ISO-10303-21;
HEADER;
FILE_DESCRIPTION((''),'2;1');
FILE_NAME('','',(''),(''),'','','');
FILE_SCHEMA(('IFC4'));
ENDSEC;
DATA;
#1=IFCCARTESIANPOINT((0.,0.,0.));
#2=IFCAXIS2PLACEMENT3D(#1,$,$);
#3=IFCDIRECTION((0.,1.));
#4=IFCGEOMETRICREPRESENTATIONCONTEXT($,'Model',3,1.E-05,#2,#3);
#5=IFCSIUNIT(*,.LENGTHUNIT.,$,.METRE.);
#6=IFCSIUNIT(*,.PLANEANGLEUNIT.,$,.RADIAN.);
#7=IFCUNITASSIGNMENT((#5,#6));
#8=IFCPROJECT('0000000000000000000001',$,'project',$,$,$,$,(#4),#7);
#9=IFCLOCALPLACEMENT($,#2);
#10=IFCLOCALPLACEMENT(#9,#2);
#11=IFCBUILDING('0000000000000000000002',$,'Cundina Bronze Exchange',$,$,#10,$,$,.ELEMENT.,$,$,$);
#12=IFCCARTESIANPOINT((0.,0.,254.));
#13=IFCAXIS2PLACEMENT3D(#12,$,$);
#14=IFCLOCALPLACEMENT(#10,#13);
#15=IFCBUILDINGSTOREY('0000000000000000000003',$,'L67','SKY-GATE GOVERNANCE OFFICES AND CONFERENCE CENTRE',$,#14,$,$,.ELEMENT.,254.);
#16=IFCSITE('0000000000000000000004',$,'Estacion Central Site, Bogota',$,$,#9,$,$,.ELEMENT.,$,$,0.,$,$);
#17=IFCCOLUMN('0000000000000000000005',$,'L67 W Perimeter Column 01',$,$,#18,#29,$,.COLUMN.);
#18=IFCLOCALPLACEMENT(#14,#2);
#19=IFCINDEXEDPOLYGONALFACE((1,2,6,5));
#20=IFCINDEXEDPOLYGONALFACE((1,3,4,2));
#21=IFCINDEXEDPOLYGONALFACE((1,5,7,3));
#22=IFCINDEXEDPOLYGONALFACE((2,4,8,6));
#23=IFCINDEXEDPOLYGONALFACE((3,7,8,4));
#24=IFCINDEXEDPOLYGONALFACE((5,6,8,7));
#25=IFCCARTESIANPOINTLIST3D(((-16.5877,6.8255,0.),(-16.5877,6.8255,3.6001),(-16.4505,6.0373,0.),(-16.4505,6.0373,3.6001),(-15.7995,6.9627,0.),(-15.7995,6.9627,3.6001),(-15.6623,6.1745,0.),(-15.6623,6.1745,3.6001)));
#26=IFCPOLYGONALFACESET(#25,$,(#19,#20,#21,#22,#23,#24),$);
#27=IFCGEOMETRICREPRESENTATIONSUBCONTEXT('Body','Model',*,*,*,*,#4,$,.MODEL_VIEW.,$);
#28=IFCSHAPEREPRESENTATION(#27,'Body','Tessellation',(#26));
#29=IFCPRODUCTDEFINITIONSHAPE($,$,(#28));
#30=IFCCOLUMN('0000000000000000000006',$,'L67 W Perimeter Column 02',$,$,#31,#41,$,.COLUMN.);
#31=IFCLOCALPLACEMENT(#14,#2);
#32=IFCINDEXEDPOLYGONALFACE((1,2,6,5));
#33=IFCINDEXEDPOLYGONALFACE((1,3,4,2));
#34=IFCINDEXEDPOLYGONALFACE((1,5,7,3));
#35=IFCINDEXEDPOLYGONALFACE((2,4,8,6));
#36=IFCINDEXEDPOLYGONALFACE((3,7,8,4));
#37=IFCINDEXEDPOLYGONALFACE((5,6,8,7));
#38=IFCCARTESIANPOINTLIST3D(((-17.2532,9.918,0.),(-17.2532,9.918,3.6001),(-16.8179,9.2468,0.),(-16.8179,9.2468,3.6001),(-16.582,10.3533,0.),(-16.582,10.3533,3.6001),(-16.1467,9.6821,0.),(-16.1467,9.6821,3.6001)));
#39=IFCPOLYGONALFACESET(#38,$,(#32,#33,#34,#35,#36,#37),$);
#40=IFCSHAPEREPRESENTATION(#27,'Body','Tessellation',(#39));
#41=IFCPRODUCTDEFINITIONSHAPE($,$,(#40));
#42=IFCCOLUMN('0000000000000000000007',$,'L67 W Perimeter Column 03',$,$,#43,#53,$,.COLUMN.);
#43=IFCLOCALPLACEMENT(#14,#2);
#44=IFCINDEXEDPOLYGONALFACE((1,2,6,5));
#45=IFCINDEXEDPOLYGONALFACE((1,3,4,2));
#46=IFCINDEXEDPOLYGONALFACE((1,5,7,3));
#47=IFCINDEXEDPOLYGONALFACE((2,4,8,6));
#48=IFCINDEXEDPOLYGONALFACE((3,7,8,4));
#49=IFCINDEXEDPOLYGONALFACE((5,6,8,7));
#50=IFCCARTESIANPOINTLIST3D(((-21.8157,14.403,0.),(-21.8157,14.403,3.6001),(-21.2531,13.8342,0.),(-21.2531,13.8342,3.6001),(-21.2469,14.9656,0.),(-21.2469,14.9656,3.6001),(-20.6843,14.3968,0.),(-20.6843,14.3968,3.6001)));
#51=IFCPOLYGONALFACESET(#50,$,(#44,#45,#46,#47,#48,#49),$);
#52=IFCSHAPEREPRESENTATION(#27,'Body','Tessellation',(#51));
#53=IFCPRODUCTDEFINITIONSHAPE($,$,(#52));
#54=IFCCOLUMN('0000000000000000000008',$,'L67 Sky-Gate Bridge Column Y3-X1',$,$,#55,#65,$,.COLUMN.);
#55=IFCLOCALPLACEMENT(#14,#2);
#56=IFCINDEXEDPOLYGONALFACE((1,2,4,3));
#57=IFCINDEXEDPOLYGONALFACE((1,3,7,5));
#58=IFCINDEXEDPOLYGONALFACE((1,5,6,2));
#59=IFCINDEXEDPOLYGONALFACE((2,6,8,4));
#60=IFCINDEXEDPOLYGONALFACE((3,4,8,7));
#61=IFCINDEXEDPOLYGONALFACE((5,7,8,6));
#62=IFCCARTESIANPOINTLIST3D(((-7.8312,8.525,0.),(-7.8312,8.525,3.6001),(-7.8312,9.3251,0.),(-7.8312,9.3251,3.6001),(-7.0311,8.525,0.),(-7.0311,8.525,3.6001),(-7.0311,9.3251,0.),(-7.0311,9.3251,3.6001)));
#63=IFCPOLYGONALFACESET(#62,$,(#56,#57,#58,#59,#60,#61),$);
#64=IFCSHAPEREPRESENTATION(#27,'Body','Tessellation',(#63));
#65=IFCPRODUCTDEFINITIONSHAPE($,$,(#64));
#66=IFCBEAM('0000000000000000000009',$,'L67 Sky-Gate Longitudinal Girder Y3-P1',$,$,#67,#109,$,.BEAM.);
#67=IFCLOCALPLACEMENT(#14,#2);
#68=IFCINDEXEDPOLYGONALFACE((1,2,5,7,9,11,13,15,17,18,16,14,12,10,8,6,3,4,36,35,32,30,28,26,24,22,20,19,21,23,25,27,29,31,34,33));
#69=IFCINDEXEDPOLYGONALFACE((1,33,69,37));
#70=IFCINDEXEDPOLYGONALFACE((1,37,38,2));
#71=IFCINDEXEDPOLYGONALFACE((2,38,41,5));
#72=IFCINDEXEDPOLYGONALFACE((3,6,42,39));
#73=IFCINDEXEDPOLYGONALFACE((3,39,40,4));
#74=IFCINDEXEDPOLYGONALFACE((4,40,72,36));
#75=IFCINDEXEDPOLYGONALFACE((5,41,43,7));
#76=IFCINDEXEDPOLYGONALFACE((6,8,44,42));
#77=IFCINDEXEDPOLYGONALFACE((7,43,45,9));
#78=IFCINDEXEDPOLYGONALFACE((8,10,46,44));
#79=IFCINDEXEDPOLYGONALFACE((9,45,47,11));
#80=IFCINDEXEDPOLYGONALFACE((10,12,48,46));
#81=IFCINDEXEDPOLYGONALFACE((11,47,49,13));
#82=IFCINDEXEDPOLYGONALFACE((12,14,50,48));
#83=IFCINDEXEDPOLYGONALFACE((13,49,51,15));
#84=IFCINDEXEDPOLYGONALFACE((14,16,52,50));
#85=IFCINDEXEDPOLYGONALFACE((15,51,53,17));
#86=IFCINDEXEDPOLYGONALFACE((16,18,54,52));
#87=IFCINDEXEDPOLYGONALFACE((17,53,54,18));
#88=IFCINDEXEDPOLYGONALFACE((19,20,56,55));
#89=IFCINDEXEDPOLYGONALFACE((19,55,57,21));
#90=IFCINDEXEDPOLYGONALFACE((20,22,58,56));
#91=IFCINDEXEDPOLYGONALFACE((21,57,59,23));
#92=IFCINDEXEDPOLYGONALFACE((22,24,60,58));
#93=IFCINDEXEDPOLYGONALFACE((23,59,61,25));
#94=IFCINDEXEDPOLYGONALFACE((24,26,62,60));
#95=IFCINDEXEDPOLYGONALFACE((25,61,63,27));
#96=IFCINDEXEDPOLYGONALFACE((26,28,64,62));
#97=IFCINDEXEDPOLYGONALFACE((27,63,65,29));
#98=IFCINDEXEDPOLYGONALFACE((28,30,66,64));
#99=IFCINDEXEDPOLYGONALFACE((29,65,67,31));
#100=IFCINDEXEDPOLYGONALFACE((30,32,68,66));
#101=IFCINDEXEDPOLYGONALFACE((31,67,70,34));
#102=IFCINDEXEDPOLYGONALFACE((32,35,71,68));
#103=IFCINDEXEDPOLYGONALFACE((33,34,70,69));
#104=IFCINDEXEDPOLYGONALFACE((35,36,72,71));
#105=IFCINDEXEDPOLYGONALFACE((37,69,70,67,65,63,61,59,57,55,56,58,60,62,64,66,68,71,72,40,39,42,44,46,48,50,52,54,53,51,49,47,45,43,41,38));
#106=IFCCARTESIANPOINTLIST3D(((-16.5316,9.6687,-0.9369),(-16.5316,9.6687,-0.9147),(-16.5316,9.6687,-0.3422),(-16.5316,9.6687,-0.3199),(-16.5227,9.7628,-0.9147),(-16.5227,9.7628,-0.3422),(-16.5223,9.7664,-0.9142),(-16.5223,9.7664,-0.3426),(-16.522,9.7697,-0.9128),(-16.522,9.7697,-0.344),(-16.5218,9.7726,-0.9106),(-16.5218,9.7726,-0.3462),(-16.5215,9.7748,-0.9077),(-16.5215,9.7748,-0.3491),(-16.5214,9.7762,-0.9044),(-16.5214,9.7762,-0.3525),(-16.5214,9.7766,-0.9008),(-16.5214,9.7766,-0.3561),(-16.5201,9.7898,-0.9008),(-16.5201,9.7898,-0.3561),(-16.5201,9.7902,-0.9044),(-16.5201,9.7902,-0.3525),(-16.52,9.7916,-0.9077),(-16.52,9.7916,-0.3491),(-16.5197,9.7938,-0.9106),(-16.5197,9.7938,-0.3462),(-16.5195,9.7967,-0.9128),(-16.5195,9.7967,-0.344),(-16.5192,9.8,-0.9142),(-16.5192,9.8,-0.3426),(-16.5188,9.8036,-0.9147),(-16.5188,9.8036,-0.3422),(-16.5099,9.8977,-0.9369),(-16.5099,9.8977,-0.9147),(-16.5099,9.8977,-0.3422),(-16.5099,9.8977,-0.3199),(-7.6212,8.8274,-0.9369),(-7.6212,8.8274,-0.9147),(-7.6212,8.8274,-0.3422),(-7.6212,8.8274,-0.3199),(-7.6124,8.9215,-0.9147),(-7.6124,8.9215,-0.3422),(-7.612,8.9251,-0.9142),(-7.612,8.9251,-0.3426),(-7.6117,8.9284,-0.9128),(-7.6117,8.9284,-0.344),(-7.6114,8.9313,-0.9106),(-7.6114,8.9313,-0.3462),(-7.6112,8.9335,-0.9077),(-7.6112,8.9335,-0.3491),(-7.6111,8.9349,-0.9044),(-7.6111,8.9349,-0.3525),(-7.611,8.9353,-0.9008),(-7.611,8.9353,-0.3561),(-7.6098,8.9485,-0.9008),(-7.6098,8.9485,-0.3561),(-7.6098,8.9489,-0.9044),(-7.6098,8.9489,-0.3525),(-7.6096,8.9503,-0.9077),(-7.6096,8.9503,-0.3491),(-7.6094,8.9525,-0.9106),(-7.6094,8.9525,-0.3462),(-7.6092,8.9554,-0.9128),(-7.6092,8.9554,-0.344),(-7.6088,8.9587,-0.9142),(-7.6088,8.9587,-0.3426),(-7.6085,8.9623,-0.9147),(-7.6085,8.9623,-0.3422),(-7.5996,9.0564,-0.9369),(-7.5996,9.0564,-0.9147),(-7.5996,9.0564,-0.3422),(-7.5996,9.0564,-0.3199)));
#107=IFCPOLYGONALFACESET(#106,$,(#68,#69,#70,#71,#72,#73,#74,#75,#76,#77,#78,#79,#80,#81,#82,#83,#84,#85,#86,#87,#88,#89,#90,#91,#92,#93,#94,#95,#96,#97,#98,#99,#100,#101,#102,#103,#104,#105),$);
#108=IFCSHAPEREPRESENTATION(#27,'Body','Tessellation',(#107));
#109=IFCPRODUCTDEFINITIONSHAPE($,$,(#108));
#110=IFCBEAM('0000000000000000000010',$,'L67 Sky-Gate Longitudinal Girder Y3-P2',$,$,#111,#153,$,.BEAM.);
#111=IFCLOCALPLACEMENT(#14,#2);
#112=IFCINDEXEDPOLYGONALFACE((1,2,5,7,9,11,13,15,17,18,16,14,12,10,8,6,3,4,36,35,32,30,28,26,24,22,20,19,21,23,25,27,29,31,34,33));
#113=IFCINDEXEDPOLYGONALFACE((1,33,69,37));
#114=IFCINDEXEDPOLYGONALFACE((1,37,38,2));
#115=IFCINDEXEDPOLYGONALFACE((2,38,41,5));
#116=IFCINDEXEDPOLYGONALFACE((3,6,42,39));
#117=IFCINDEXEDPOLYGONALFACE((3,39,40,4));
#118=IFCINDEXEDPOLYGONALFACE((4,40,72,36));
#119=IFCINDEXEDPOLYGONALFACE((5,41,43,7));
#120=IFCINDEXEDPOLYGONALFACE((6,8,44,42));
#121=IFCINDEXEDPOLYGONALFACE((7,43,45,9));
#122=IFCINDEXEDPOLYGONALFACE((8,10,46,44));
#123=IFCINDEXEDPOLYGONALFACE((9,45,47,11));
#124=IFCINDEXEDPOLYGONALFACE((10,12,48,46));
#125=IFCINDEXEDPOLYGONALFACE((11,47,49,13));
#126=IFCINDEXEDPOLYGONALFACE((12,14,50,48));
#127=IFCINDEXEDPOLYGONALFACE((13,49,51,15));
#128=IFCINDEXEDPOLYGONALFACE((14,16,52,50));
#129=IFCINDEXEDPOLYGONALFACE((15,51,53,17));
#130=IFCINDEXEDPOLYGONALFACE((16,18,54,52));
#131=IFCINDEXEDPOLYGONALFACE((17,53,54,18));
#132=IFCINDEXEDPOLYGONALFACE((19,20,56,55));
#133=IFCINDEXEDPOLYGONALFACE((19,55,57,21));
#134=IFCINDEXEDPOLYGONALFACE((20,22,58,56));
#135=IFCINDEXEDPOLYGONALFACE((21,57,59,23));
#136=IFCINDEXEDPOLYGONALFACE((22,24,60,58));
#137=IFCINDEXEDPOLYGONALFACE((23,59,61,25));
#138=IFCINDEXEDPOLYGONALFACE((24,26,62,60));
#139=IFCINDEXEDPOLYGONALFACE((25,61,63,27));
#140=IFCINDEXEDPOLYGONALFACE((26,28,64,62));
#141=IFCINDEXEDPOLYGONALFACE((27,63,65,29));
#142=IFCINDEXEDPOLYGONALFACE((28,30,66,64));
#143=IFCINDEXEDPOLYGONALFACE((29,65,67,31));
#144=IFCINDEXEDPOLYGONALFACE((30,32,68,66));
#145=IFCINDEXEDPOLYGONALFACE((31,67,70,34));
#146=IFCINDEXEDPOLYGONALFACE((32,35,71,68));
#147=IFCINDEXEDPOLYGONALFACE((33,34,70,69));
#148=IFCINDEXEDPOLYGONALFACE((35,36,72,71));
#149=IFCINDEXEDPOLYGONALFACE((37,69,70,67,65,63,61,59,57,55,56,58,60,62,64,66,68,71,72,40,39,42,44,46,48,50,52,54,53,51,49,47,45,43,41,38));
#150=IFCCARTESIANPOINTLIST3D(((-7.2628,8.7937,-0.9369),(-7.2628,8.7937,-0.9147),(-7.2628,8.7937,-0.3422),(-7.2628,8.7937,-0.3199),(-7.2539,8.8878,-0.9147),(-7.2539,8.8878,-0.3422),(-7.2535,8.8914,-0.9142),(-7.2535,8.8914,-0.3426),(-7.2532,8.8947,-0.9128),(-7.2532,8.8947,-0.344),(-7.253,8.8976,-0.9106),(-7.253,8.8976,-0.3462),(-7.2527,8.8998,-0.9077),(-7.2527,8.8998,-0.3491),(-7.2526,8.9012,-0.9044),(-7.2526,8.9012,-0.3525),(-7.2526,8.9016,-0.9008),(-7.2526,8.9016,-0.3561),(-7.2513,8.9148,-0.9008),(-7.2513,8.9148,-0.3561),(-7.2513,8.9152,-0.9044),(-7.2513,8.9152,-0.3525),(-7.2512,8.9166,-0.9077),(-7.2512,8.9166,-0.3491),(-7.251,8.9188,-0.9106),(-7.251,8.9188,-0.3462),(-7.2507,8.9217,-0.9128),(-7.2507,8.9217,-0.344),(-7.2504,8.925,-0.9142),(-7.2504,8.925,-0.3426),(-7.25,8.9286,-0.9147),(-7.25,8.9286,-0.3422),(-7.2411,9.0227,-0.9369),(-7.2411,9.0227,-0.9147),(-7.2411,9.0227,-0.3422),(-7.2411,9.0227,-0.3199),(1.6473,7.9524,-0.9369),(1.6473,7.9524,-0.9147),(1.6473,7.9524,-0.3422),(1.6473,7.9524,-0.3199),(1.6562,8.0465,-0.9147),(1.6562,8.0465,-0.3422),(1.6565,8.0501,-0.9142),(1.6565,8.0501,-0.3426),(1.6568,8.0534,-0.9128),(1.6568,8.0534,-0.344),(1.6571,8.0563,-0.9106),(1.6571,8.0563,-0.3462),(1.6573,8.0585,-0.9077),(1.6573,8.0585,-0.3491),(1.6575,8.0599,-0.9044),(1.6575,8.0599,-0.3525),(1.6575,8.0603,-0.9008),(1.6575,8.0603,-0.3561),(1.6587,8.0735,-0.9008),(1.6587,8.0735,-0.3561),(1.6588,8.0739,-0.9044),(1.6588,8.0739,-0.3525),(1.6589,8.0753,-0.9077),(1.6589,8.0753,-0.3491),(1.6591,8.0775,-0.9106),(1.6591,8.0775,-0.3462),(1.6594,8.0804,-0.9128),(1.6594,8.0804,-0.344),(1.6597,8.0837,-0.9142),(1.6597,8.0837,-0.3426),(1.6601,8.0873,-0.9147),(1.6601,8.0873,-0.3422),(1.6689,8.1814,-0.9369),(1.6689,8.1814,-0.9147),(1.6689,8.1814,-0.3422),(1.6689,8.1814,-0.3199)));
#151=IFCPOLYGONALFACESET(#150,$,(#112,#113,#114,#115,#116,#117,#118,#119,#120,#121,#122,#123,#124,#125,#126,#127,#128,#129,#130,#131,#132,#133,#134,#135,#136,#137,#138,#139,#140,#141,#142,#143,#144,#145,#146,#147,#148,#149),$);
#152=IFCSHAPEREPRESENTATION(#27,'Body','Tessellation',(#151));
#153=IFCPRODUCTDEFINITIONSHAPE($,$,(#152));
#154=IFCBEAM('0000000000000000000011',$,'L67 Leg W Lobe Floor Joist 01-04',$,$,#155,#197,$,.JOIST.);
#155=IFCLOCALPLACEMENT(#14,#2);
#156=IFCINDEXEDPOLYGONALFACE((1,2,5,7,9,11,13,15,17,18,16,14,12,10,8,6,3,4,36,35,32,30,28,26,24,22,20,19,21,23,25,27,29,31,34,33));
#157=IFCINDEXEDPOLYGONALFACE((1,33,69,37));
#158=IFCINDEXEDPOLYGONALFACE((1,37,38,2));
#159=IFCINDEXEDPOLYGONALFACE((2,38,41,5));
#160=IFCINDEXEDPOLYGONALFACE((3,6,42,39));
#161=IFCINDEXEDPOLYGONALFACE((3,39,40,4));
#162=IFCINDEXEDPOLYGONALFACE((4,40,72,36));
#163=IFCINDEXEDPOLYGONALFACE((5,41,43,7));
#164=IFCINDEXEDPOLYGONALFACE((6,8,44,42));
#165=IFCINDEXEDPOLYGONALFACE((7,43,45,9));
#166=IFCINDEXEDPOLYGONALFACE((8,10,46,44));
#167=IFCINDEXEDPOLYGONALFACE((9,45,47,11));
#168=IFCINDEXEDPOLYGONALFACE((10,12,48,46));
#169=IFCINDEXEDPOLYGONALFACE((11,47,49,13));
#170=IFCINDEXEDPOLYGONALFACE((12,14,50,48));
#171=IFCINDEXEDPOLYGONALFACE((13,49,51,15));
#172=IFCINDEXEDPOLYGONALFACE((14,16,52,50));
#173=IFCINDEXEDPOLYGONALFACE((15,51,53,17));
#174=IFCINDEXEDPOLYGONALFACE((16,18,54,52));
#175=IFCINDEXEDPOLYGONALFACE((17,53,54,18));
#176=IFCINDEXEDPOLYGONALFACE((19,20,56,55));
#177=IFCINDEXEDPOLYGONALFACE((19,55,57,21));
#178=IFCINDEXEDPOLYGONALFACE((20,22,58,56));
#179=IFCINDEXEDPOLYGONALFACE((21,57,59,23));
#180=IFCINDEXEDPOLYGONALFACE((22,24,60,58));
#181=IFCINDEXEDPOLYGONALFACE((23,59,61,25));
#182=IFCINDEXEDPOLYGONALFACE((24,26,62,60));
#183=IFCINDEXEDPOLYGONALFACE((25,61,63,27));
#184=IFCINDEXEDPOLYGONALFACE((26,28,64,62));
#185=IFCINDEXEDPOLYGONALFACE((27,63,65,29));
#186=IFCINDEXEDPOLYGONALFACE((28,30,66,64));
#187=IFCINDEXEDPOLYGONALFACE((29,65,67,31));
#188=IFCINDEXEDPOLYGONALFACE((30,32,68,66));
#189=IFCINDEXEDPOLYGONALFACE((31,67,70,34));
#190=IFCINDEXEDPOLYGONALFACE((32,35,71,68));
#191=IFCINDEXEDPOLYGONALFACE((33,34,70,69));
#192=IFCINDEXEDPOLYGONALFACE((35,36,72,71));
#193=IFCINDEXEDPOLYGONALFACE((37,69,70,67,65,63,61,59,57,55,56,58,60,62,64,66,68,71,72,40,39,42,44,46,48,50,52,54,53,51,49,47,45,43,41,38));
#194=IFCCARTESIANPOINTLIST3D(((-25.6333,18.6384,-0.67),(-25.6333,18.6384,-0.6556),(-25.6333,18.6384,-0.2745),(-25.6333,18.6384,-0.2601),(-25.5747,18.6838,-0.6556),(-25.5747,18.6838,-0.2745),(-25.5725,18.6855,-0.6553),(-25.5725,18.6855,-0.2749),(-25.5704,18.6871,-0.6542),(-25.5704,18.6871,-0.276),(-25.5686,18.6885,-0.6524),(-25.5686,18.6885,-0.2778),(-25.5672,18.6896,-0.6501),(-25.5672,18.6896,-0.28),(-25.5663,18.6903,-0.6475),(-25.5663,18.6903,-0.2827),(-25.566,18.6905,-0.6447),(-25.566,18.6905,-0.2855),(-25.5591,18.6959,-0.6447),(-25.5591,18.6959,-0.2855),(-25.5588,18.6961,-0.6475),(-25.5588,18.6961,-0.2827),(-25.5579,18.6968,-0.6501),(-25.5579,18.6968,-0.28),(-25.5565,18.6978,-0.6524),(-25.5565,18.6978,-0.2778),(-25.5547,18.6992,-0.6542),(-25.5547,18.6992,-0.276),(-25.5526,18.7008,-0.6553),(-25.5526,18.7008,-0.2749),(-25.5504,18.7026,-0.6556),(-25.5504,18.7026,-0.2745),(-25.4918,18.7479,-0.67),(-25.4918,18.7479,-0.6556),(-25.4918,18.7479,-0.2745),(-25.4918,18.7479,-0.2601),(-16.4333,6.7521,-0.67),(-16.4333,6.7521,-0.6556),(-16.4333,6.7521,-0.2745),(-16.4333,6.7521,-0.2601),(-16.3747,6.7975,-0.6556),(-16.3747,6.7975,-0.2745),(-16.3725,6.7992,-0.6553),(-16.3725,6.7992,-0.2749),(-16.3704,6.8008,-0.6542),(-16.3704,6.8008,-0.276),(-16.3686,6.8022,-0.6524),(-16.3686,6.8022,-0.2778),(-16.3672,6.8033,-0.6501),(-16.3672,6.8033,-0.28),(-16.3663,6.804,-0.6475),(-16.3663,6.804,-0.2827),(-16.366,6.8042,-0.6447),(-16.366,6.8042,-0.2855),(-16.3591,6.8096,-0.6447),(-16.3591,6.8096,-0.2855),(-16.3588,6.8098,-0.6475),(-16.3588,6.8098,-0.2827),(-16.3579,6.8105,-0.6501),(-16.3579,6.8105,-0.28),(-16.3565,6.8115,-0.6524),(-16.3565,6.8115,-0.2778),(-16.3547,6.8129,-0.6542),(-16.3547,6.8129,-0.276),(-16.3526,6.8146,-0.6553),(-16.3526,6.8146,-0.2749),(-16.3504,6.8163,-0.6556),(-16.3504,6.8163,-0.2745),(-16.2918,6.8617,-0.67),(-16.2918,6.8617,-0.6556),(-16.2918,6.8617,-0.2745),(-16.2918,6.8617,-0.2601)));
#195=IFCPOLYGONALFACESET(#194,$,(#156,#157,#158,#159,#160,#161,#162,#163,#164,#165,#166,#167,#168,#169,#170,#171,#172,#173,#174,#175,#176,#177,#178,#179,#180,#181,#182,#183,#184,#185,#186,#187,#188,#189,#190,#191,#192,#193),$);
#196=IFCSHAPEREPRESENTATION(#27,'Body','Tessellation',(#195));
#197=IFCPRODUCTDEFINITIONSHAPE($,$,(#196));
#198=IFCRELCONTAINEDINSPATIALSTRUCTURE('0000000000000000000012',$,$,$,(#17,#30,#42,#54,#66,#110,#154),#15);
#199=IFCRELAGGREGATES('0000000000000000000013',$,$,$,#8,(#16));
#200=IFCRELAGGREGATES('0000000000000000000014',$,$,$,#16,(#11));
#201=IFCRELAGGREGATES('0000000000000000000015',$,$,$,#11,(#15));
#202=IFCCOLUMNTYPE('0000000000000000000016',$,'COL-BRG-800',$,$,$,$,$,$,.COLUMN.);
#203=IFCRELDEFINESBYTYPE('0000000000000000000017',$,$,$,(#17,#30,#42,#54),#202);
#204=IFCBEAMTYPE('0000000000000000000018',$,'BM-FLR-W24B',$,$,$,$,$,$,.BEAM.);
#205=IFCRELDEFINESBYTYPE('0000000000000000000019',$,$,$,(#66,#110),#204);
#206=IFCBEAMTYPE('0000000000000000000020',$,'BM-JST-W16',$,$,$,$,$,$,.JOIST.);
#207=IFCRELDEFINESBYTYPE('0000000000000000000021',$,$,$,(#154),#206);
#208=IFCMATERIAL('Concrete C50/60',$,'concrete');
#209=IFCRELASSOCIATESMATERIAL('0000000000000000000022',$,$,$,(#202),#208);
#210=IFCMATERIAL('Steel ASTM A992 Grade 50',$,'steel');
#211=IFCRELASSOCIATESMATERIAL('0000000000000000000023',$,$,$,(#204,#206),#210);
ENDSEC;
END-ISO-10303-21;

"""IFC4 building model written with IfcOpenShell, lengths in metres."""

from ifc_helpers import new_model, si_unit, direction, frame, origin, origin_2d, place, context, subcontext, project, spatial, rectangle, i_section, extrude, material, material_profile, profile_set, type_object, element, save


model = new_model("IFC4")

# Units and contexts
model_context = context("Model", 3, precision=1e-05, world=origin(), true_north=direction((0.0, 1.0)))
body_context = subcontext(model_context, "Body", "Model", "MODEL_VIEW")
ifc_project = project(units=[si_unit("LENGTHUNIT", "METRE"), si_unit("PLANEANGLEUNIT", "RADIAN")], contexts=[model_context])

# Site, building, storey
site_placement = place(None, origin())
site = spatial("IfcSite", under=ifc_project, at=site_placement, Name="Estacion Central Site, Bogota", CompositionType="ELEMENT", RefElevation=0.0)
building_placement = place(site_placement, origin())
building = spatial("IfcBuilding", under=site, at=building_placement, Name="Cundina Bronze Exchange", CompositionType="ELEMENT")
storey_placement = place(building_placement, frame((0.0, 0.0, 254.0)))
storey = spatial("IfcBuildingStorey", under=building, at=storey_placement, Name="L67", Description="SKY-GATE GOVERNANCE OFFICES AND CONFERENCE CENTRE", CompositionType="ELEMENT", Elevation=254.0)

# Columns
ifc_material_1 = material(Name="Concrete C50/60", Category="concrete")
ifc_material_profile_1 = material_profile(ifc_material_1, rectangle(XDim=0.8, YDim=0.8, at=origin_2d()), Name="RC800X800", Category="concrete")
ifc_profile_set_1 = profile_set([ifc_material_profile_1], Name="Concrete C50/60")
column_type = type_object("IfcColumnType", Name="COL-BRG-800", PredefinedType="COLUMN", material=ifc_profile_set_1)
for number, where, z_axis, x_axis, name in (
    (1, (-16.125, 6.5, 0.0), (0.0, 0.0, 1.0), (-0.171585, 0.985169, 0.0), "L67 W Perimeter Column 01"),
    (2, (-16.7, 9.8, 0.0), (0.0, 0.0, 1.0), (-0.5442, 0.838956, 0.0), "L67 W Perimeter Column 02"),
    (3, (-21.25, 14.3999, 0.0), (0.0, 0.0, 1.0), (-0.703271, 0.710922, 0.0), "L67 W Perimeter Column 03"),
    (4, (-7.4312, 8.925, 0.0), (0.0, 0.0, 1.0), (1.0, 0.0, 0.0), "L67 Sky-Gate Bridge Column Y3-X1"),
):
    element("IfcColumn", number, at=place(storey_placement, frame(where, z_axis=z_axis, x_axis=x_axis)), inside=storey, type_object=column_type, Name=name, PredefinedType="COLUMN", context=body_context, shape_type="SweptSolid", body=[
        extrude(rectangle(XDim=0.8, YDim=0.8, at=origin_2d()), origin(), (0.0, 0.0, 1.0), 3.6001),
    ])

# Beams
ifc_material_2 = material(Name="Steel ASTM A992 Grade 50", Category="steel")
ifc_material_profile_2 = material_profile(ifc_material_2, i_section(OverallWidth=0.23, OverallDepth=0.6169, WebThickness=0.0132, FlangeThickness=0.0222, FilletRadius=0.0139, at=origin_2d()), Name="W24X94", Category="steel")
ifc_profile_set_2 = profile_set([ifc_material_profile_2], Name="Steel ASTM A992 Grade 50")
beam_type_1 = type_object("IfcBeamType", Name="BM-FLR-W24B", PredefinedType="BEAM", material=ifc_profile_set_2)
beam_1_placement = place(storey_placement, frame((-16.5208, 9.7832, -0.6284), z_axis=(0.995572, -0.094001, 0.0), x_axis=(0.094001, 0.995572, 0.0)))
element("IfcBeam", 5, at=beam_1_placement, inside=storey, type_object=beam_type_1, Name="L67 Sky-Gate Longitudinal Girder Y3-P1", PredefinedType="BEAM", context=body_context, shape_type="SweptSolid", body=[
    extrude(i_section(OverallWidth=0.23, OverallDepth=0.6169, WebThickness=0.0132, FlangeThickness=0.0222, FilletRadius=0.0139, at=origin_2d()), origin(), (0.0, 0.0, 1.0), 8.95),
])
beam_2_placement = place(storey_placement, frame((-7.252, 8.9082, -0.6284), z_axis=(0.995572, -0.094003, 0.0), x_axis=(0.094003, 0.995572, 0.0)))
element("IfcBeam", 6, at=beam_2_placement, inside=storey, type_object=beam_type_1, Name="L67 Sky-Gate Longitudinal Girder Y3-P2", PredefinedType="BEAM", context=body_context, shape_type="SweptSolid", body=[
    extrude(i_section(OverallWidth=0.23, OverallDepth=0.6169, WebThickness=0.0132, FlangeThickness=0.0222, FilletRadius=0.0139, at=origin_2d()), origin(), (0.0, 0.0, 1.0), 8.9497),
])
ifc_material_profile_3 = material_profile(ifc_material_2, i_section(OverallWidth=0.179, OverallDepth=0.4099, WebThickness=0.0088, FlangeThickness=0.0144, FilletRadius=0.011, at=origin_2d()), Name="W16X45", Category="steel")
ifc_profile_set_3 = profile_set([ifc_material_profile_3], Name="Steel ASTM A992 Grade 50")
beam_type_2 = type_object("IfcBeamType", Name="BM-JST-W16", PredefinedType="JOIST", material=ifc_profile_set_3)
beam_3_placement = place(storey_placement, frame((-16.3625, 6.8069, -0.4651), z_axis=(-0.612078, 0.790798, 0.0), x_axis=(-0.790798, -0.612078, 0.0)))
element("IfcBeam", 7, at=beam_3_placement, inside=storey, type_object=beam_type_2, Name="L67 Leg W Lobe Floor Joist 01-04", PredefinedType="JOIST", context=body_context, shape_type="SweptSolid", body=[
    extrude(i_section(OverallWidth=0.179, OverallDepth=0.4099, WebThickness=0.0088, FlangeThickness=0.0144, FilletRadius=0.011, at=origin_2d()), origin(), (0.0, 0.0, 1.0), 15.0308),
])

save(model, "model.ifc")
